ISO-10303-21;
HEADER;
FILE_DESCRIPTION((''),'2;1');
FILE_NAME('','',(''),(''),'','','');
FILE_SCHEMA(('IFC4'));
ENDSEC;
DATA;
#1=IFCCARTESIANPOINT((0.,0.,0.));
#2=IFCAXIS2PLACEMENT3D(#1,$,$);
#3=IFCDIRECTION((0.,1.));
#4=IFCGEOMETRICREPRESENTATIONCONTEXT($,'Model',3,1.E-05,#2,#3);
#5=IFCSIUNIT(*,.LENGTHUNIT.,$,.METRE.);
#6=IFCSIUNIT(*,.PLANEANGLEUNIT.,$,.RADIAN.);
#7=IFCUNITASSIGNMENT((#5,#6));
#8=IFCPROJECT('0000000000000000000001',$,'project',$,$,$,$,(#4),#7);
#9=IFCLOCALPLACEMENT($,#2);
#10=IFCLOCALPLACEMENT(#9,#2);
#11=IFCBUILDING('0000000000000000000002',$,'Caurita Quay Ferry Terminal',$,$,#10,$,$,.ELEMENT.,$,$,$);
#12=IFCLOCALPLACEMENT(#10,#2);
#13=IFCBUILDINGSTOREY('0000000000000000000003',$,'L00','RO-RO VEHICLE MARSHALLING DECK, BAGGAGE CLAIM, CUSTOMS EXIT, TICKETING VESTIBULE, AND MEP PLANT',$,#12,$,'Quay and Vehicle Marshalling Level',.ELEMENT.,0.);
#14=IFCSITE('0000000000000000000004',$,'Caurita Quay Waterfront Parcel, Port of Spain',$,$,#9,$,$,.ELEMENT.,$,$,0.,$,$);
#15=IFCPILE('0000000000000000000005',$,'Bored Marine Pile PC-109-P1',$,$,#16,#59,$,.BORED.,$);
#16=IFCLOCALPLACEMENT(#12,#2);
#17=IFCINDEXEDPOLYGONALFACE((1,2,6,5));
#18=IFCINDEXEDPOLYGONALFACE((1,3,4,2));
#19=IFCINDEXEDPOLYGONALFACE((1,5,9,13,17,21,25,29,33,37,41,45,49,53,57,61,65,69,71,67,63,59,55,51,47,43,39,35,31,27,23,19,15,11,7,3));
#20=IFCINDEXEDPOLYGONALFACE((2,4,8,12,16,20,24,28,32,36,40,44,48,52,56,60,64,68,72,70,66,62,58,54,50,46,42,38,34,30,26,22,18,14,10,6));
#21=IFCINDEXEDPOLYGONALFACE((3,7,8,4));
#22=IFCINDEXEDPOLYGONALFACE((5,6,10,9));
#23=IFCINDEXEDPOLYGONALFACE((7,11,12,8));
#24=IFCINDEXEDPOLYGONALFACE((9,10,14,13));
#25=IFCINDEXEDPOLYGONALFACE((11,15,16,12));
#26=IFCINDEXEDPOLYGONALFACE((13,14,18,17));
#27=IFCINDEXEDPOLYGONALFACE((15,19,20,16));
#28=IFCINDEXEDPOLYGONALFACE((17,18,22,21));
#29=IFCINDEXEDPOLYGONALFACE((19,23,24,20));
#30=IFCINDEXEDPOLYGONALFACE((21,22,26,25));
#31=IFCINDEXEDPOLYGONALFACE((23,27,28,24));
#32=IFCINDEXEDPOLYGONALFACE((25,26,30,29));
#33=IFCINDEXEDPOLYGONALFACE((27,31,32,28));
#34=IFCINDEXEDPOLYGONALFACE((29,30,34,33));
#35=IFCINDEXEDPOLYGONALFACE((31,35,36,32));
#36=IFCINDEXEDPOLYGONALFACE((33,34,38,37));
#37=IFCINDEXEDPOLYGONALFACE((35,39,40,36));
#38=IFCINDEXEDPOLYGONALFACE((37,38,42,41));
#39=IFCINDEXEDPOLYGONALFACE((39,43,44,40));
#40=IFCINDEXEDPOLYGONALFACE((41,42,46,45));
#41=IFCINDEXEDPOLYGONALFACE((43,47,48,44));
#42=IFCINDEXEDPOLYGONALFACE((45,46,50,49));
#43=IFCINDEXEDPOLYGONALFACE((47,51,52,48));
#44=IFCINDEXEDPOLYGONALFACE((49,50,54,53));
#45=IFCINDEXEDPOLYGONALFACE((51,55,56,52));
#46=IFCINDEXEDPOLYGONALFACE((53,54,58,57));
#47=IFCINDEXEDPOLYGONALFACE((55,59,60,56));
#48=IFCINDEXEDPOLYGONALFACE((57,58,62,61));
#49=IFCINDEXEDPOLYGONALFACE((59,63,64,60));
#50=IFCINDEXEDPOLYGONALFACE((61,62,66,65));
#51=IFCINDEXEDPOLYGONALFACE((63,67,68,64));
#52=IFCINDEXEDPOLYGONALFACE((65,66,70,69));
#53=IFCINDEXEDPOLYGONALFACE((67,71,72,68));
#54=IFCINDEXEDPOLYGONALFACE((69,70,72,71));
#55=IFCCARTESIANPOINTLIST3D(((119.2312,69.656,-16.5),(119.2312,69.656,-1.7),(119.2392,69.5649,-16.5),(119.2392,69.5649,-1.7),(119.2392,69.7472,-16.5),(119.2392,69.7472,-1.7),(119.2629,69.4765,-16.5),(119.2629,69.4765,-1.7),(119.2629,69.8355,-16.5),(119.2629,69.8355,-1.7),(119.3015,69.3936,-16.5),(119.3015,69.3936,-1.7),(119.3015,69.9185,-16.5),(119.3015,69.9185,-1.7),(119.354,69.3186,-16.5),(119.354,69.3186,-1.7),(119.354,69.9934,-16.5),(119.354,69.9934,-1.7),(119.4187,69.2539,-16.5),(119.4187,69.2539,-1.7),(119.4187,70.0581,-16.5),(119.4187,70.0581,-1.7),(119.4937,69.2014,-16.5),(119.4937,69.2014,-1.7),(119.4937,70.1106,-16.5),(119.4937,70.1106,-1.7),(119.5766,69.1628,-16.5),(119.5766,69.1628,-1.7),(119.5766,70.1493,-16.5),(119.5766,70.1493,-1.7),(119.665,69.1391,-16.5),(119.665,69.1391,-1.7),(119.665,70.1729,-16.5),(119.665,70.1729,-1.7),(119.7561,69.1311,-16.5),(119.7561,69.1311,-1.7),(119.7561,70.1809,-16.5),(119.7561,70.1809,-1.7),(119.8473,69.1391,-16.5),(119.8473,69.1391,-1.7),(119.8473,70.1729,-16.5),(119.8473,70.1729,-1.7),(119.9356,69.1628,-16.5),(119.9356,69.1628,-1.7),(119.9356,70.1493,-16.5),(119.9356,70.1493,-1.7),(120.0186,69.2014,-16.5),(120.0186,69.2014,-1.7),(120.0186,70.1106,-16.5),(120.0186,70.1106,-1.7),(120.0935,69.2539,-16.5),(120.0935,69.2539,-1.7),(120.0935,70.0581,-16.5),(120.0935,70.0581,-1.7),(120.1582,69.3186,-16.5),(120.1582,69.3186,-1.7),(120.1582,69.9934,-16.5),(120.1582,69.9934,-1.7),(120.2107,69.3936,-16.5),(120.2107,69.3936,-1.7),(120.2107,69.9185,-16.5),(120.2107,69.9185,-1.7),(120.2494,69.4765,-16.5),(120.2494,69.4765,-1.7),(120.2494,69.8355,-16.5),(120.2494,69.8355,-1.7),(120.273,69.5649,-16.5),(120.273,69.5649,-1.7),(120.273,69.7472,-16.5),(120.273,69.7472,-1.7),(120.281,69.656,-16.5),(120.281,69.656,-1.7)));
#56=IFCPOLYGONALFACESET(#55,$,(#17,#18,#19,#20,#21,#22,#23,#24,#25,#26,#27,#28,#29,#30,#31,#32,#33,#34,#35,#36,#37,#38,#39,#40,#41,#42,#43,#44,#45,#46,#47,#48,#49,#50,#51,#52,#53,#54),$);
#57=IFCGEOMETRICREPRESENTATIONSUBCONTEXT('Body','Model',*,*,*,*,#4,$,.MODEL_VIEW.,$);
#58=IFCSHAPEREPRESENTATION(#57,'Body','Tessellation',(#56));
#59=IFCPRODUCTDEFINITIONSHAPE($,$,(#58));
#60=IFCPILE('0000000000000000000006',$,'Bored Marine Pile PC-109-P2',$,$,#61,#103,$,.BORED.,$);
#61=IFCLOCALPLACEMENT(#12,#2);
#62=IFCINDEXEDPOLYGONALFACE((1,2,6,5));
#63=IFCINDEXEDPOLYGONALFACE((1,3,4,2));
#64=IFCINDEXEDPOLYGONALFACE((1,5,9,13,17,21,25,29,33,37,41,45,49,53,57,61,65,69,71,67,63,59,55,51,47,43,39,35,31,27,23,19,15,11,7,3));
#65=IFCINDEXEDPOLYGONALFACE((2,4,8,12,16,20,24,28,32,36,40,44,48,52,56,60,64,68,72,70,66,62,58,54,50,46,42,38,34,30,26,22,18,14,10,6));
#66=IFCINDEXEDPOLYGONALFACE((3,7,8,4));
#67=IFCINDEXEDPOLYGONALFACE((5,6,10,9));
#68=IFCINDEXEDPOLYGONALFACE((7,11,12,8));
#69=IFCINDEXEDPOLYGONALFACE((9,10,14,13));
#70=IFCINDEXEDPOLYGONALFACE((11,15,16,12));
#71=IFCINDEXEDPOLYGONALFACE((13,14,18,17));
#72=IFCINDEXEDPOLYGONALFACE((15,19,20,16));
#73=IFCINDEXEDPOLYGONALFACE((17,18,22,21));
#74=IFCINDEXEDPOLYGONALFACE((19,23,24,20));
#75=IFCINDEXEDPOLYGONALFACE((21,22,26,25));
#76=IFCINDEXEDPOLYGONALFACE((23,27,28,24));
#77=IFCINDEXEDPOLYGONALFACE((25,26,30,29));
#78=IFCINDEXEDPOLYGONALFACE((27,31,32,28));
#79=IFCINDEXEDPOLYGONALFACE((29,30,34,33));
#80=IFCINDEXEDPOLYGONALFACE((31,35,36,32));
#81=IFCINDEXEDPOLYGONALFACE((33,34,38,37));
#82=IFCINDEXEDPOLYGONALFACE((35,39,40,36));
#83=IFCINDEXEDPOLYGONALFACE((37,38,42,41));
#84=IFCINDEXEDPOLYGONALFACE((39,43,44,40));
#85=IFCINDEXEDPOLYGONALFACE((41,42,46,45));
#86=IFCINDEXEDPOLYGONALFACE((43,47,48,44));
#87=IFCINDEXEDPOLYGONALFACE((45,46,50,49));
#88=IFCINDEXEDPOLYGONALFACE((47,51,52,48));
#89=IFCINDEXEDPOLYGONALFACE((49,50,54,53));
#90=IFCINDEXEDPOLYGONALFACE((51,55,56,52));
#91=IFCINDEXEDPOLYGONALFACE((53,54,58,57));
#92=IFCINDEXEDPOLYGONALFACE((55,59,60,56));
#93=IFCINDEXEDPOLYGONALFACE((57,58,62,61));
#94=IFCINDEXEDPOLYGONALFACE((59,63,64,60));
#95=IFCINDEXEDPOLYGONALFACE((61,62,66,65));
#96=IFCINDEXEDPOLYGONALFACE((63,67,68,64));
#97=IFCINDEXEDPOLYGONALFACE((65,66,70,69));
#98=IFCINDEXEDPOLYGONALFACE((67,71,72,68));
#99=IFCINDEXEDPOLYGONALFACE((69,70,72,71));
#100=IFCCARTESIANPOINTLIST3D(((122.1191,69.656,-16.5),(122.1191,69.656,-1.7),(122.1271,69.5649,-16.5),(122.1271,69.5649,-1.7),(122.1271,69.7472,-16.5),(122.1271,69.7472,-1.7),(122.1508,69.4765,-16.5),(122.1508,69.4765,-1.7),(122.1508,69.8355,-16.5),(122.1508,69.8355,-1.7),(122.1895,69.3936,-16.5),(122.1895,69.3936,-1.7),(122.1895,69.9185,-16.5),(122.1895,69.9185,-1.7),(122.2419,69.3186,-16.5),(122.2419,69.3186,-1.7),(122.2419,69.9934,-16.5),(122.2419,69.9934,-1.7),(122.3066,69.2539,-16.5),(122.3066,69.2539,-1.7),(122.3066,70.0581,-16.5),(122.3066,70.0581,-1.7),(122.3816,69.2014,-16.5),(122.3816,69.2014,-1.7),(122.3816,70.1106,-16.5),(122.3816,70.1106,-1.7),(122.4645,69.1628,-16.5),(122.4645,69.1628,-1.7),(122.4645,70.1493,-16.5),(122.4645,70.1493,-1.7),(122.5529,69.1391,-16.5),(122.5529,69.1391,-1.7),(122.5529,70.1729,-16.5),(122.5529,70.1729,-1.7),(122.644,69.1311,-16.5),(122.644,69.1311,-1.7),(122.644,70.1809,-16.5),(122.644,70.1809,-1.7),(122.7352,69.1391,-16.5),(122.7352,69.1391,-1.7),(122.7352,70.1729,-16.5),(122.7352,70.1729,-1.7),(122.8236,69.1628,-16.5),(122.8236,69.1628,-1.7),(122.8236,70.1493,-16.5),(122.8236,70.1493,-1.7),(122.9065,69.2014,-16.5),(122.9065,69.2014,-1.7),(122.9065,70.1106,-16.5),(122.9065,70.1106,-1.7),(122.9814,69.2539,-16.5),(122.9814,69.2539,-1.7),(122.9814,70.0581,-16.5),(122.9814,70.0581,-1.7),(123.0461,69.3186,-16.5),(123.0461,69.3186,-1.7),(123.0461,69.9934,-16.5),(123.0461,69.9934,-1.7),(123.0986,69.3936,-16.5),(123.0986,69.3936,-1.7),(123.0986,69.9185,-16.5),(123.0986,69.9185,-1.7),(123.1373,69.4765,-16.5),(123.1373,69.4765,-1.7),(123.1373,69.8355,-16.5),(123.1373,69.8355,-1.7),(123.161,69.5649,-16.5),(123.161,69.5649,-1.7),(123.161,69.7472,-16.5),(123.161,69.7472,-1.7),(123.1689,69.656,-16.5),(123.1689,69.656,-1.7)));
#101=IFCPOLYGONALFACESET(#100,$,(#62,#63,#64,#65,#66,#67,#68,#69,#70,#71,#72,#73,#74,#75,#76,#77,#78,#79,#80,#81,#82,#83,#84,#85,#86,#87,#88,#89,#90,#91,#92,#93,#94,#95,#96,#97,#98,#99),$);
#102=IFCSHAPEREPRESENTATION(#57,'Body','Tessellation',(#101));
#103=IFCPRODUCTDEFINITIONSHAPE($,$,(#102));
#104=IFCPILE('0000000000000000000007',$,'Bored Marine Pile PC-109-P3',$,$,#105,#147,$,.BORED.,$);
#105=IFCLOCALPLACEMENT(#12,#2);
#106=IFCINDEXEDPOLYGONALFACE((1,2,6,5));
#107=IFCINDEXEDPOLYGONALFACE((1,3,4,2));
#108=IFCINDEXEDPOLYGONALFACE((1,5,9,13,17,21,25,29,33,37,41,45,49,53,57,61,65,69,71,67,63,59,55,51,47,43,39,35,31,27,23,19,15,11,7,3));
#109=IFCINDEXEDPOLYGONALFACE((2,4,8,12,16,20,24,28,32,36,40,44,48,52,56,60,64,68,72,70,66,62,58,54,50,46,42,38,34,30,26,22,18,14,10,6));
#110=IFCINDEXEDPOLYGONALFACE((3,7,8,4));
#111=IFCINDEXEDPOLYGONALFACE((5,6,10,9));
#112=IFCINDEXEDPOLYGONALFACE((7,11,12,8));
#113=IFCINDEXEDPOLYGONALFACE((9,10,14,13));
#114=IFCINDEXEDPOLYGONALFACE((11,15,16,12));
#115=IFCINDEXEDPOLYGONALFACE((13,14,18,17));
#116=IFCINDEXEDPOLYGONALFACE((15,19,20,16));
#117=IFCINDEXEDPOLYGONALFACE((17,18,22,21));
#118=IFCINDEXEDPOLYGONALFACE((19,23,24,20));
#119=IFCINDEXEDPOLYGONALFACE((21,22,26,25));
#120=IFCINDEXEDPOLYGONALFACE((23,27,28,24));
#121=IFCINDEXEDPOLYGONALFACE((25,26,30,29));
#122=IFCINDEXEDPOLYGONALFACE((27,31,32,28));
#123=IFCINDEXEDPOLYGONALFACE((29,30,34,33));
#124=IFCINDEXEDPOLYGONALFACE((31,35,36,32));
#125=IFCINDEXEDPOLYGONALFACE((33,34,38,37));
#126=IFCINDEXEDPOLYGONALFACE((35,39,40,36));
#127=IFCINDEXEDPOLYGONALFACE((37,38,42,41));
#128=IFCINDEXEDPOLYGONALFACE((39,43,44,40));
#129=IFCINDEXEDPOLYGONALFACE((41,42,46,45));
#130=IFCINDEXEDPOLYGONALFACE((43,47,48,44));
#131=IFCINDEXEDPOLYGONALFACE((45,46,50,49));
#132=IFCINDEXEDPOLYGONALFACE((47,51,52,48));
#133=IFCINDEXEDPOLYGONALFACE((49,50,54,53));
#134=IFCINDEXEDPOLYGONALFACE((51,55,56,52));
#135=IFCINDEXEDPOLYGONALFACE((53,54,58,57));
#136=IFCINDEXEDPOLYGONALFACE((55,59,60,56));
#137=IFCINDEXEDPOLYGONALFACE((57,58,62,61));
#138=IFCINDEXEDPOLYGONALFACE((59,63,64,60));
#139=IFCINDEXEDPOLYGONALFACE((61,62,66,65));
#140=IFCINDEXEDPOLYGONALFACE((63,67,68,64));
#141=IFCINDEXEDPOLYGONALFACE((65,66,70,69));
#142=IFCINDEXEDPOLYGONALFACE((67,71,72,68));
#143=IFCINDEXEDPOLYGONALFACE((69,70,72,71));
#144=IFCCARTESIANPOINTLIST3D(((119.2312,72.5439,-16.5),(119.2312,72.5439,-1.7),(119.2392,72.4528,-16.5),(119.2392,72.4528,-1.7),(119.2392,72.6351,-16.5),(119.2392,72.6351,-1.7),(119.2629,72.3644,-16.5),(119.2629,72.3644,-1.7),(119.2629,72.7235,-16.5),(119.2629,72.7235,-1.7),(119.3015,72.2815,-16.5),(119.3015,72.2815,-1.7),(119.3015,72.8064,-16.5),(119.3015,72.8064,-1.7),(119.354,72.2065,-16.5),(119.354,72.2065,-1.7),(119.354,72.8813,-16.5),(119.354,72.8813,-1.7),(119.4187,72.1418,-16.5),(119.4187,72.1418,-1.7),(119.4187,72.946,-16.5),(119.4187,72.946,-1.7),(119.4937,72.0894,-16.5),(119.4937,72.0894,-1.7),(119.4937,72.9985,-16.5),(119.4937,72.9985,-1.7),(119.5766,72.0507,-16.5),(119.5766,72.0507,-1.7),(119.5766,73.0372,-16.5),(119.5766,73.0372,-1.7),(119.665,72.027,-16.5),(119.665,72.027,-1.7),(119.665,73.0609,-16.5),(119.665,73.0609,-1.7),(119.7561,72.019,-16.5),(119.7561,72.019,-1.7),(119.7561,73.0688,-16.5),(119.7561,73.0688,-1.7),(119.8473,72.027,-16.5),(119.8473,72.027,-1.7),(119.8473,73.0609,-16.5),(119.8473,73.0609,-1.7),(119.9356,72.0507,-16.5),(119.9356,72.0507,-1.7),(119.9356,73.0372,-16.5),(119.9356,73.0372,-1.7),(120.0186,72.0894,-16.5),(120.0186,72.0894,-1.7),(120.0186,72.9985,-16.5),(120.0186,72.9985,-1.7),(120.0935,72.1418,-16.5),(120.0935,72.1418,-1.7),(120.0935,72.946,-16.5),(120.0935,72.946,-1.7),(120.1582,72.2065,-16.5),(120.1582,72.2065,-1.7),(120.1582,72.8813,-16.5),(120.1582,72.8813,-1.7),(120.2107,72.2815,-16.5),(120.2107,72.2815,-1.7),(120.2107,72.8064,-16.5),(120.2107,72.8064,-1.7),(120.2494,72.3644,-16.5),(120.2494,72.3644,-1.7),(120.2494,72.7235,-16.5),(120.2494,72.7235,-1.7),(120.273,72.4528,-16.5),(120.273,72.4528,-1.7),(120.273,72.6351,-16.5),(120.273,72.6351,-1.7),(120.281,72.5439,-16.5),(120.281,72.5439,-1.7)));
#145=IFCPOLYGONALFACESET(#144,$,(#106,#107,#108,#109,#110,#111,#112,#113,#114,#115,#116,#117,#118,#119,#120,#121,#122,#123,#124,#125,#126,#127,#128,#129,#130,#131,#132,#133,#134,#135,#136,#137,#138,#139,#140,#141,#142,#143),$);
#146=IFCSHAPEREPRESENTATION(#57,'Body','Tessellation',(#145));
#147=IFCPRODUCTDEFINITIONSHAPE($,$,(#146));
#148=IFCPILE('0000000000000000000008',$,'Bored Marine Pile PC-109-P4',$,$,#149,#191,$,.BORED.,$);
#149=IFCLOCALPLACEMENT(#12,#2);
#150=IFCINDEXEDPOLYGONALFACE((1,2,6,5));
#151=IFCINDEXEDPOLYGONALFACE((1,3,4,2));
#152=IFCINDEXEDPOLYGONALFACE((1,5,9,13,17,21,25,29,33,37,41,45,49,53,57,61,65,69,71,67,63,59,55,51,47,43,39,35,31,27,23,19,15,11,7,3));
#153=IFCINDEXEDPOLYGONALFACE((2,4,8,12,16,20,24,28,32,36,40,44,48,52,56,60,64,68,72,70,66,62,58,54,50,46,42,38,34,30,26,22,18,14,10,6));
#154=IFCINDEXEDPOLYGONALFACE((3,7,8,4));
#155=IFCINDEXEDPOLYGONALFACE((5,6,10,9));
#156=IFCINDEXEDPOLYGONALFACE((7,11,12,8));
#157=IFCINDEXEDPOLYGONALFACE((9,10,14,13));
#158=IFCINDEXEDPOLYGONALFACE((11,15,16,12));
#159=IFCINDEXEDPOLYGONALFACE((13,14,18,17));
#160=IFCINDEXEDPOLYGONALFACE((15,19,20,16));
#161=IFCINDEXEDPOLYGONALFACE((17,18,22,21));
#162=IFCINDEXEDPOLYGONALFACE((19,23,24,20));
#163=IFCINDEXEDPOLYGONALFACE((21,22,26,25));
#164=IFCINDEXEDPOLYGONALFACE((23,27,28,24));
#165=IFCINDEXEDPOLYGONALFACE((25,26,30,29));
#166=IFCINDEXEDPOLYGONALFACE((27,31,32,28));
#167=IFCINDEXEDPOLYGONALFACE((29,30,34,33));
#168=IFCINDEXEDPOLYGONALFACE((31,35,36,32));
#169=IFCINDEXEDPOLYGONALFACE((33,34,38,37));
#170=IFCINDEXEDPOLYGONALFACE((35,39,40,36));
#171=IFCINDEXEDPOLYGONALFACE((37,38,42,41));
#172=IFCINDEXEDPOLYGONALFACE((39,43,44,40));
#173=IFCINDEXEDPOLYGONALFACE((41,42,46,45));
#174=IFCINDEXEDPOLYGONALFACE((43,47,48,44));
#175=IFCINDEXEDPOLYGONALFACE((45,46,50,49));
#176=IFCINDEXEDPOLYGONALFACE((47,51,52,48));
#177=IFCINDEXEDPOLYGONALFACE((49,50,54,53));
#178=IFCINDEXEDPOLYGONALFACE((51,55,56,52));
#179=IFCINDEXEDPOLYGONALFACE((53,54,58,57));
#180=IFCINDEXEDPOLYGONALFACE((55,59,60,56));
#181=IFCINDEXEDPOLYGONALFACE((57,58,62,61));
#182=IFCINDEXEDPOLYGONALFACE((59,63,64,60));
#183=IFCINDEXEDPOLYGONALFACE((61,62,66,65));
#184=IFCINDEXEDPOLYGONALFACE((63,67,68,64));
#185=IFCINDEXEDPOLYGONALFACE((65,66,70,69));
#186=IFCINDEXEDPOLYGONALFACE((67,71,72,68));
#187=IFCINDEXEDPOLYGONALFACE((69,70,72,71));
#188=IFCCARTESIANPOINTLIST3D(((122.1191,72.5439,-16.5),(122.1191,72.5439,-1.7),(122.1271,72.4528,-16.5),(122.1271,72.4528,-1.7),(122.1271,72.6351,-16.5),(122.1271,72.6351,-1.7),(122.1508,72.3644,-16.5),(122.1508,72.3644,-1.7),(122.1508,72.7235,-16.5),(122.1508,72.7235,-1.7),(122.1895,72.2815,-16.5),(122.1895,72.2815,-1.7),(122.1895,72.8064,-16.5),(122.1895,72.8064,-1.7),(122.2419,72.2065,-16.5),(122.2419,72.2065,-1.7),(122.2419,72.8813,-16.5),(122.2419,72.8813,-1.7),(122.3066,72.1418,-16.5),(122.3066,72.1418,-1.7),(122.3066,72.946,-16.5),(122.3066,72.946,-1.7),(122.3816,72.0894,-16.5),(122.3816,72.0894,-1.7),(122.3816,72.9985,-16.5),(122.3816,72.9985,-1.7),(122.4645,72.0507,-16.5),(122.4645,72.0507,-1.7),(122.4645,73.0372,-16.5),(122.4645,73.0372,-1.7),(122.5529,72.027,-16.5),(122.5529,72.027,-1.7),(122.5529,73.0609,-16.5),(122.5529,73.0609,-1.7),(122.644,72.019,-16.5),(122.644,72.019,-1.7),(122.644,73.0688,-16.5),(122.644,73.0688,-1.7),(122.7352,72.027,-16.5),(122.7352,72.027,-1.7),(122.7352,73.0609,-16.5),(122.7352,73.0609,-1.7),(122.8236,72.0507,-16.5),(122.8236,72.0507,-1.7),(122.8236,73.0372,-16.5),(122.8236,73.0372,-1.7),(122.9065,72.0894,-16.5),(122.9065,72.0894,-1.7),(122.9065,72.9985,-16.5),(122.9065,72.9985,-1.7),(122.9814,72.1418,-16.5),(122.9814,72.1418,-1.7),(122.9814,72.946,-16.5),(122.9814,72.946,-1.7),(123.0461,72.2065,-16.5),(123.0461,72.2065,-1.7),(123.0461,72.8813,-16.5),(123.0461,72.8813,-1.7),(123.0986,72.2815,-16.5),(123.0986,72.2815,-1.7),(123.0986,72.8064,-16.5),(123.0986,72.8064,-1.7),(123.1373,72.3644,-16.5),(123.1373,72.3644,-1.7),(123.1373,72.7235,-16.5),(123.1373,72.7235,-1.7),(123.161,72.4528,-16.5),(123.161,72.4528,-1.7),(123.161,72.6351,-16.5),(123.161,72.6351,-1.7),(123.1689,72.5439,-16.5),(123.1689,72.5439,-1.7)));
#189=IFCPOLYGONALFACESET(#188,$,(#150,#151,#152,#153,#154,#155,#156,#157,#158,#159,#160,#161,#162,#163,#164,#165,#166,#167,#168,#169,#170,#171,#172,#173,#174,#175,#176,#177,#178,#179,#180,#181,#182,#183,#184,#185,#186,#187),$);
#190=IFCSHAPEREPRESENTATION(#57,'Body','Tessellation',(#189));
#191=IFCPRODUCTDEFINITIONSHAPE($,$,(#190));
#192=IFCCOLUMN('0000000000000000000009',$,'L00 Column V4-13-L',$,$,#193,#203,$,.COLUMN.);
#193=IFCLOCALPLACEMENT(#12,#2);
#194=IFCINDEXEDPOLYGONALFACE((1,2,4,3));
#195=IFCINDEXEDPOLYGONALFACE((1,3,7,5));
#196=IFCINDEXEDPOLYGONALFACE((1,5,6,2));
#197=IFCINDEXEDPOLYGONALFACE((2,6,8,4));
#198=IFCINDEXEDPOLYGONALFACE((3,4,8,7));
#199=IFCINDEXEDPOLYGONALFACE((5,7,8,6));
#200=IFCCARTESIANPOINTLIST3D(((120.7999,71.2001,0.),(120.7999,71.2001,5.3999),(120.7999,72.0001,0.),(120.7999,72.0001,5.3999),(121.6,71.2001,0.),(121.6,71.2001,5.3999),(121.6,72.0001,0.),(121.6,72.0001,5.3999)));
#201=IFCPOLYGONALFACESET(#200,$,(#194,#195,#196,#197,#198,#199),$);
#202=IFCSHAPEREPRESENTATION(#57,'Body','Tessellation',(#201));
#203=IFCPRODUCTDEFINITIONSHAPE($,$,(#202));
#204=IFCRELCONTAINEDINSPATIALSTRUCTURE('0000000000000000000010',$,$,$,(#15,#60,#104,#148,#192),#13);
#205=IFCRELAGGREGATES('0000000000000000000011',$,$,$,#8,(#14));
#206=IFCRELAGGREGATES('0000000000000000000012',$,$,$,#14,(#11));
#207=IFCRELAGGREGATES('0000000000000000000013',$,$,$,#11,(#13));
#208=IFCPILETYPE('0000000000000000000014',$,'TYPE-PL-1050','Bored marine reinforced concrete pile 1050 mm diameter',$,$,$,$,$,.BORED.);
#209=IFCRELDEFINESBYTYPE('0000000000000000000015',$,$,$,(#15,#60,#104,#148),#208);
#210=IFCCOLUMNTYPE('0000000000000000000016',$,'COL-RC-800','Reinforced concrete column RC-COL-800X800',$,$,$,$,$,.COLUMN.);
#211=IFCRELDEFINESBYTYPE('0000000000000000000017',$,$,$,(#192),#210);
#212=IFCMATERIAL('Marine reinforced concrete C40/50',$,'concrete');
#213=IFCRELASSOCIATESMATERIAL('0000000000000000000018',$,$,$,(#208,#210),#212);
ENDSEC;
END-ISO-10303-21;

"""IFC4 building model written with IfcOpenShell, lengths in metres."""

from ifc_helpers import new_model, si_unit, direction, frame, origin, origin_2d, place, context, subcontext, project, spatial, rectangle, circle, extrude, material, material_profile, profile_set, type_object, element, save


model = new_model("IFC4")

# Units and contexts
model_context = context("Model", 3, precision=1e-05, world=origin(), true_north=direction((0.0, 1.0)))
body_context = subcontext(model_context, "Body", "Model", "MODEL_VIEW")
ifc_project = project(units=[si_unit("LENGTHUNIT", "METRE"), si_unit("PLANEANGLEUNIT", "RADIAN")], contexts=[model_context])

# Site, building, storey
site_placement = place(None, origin())
site = spatial("IfcSite", under=ifc_project, at=site_placement, Name="Caurita Quay Waterfront Parcel, Port of Spain", CompositionType="ELEMENT", RefElevation=0.0)
building_placement = place(site_placement, origin())
building = spatial("IfcBuilding", under=site, at=building_placement, Name="Caurita Quay Ferry Terminal", CompositionType="ELEMENT")
storey_placement = place(building_placement, origin())
storey = spatial("IfcBuildingStorey", under=building, at=storey_placement, Name="L00", Description="RO-RO VEHICLE MARSHALLING DECK, BAGGAGE CLAIM, CUSTOMS EXIT, TICKETING VESTIBULE, AND MEP PLANT", LongName="Quay and Vehicle Marshalling Level", CompositionType="ELEMENT", Elevation=0.0)

# Piles
ifc_material_1 = material(Name="Marine reinforced concrete C40/50", Category="concrete")
ifc_material_profile_1 = material_profile(ifc_material_1, circle(Radius=0.5249, at=origin_2d()), Name="PILE-D1050")
ifc_profile_set_1 = profile_set([ifc_material_profile_1], Name="Marine reinforced concrete C40/50")
pile_type = type_object("IfcPileType", Name="TYPE-PL-1050", Description="Bored marine reinforced concrete pile 1050 mm diameter", PredefinedType="BORED", material=ifc_profile_set_1)
for number, where, z_axis, x_axis, name in (
    (1, (119.7561, 69.656, -1.7), (0.0, 0.0, -1.0), (1.0, 0.0, 0.0), "Bored Marine Pile PC-109-P1"),
    (2, (122.644, 69.656, -1.7), (0.0, 0.0, -1.0), (1.0, 0.0, 0.0), "Bored Marine Pile PC-109-P2"),
    (3, (119.7561, 72.5439, -1.7), (0.0, 0.0, -1.0), (1.0, 0.0, 0.0), "Bored Marine Pile PC-109-P3"),
    (4, (122.644, 72.5439, -1.7), (0.0, 0.0, -1.0), (1.0, 0.0, 0.0), "Bored Marine Pile PC-109-P4"),
):
    element("IfcPile", number, at=place(storey_placement, frame(where, z_axis=z_axis, x_axis=x_axis)), inside=storey, type_object=pile_type, Name=name, PredefinedType="BORED", context=body_context, shape_type="SweptSolid", body=[
        extrude(circle(Radius=0.5249, at=origin_2d()), origin(), (0.0, 0.0, 1.0), 14.8),
    ])

# Column
ifc_material_profile_2 = material_profile(ifc_material_1, rectangle(XDim=0.8, YDim=0.8, at=origin_2d()), Name="RC-COL-800X800")
ifc_profile_set_2 = profile_set([ifc_material_profile_2], Name="Marine reinforced concrete C40/50")
column_type_1 = type_object("IfcColumnType", Name="COL-RC-800", Description="Reinforced concrete column RC-COL-800X800", PredefinedType="COLUMN", material=ifc_profile_set_2)
column_1_placement = place(storey_placement, frame((121.2, 71.6001, 0.0), z_axis=(0.0, 0.0, 1.0), x_axis=(1.0, 0.0, 0.0)))
element("IfcColumn", 5, at=column_1_placement, inside=storey, type_object=column_type_1, Name="L00 Column V4-13-L", PredefinedType="COLUMN", context=body_context, shape_type="SweptSolid", body=[
    extrude(rectangle(XDim=0.8, YDim=0.8, at=origin_2d()), origin(), (0.0, 0.0, 1.0), 5.3999),
])

save(model, "model.ifc")
